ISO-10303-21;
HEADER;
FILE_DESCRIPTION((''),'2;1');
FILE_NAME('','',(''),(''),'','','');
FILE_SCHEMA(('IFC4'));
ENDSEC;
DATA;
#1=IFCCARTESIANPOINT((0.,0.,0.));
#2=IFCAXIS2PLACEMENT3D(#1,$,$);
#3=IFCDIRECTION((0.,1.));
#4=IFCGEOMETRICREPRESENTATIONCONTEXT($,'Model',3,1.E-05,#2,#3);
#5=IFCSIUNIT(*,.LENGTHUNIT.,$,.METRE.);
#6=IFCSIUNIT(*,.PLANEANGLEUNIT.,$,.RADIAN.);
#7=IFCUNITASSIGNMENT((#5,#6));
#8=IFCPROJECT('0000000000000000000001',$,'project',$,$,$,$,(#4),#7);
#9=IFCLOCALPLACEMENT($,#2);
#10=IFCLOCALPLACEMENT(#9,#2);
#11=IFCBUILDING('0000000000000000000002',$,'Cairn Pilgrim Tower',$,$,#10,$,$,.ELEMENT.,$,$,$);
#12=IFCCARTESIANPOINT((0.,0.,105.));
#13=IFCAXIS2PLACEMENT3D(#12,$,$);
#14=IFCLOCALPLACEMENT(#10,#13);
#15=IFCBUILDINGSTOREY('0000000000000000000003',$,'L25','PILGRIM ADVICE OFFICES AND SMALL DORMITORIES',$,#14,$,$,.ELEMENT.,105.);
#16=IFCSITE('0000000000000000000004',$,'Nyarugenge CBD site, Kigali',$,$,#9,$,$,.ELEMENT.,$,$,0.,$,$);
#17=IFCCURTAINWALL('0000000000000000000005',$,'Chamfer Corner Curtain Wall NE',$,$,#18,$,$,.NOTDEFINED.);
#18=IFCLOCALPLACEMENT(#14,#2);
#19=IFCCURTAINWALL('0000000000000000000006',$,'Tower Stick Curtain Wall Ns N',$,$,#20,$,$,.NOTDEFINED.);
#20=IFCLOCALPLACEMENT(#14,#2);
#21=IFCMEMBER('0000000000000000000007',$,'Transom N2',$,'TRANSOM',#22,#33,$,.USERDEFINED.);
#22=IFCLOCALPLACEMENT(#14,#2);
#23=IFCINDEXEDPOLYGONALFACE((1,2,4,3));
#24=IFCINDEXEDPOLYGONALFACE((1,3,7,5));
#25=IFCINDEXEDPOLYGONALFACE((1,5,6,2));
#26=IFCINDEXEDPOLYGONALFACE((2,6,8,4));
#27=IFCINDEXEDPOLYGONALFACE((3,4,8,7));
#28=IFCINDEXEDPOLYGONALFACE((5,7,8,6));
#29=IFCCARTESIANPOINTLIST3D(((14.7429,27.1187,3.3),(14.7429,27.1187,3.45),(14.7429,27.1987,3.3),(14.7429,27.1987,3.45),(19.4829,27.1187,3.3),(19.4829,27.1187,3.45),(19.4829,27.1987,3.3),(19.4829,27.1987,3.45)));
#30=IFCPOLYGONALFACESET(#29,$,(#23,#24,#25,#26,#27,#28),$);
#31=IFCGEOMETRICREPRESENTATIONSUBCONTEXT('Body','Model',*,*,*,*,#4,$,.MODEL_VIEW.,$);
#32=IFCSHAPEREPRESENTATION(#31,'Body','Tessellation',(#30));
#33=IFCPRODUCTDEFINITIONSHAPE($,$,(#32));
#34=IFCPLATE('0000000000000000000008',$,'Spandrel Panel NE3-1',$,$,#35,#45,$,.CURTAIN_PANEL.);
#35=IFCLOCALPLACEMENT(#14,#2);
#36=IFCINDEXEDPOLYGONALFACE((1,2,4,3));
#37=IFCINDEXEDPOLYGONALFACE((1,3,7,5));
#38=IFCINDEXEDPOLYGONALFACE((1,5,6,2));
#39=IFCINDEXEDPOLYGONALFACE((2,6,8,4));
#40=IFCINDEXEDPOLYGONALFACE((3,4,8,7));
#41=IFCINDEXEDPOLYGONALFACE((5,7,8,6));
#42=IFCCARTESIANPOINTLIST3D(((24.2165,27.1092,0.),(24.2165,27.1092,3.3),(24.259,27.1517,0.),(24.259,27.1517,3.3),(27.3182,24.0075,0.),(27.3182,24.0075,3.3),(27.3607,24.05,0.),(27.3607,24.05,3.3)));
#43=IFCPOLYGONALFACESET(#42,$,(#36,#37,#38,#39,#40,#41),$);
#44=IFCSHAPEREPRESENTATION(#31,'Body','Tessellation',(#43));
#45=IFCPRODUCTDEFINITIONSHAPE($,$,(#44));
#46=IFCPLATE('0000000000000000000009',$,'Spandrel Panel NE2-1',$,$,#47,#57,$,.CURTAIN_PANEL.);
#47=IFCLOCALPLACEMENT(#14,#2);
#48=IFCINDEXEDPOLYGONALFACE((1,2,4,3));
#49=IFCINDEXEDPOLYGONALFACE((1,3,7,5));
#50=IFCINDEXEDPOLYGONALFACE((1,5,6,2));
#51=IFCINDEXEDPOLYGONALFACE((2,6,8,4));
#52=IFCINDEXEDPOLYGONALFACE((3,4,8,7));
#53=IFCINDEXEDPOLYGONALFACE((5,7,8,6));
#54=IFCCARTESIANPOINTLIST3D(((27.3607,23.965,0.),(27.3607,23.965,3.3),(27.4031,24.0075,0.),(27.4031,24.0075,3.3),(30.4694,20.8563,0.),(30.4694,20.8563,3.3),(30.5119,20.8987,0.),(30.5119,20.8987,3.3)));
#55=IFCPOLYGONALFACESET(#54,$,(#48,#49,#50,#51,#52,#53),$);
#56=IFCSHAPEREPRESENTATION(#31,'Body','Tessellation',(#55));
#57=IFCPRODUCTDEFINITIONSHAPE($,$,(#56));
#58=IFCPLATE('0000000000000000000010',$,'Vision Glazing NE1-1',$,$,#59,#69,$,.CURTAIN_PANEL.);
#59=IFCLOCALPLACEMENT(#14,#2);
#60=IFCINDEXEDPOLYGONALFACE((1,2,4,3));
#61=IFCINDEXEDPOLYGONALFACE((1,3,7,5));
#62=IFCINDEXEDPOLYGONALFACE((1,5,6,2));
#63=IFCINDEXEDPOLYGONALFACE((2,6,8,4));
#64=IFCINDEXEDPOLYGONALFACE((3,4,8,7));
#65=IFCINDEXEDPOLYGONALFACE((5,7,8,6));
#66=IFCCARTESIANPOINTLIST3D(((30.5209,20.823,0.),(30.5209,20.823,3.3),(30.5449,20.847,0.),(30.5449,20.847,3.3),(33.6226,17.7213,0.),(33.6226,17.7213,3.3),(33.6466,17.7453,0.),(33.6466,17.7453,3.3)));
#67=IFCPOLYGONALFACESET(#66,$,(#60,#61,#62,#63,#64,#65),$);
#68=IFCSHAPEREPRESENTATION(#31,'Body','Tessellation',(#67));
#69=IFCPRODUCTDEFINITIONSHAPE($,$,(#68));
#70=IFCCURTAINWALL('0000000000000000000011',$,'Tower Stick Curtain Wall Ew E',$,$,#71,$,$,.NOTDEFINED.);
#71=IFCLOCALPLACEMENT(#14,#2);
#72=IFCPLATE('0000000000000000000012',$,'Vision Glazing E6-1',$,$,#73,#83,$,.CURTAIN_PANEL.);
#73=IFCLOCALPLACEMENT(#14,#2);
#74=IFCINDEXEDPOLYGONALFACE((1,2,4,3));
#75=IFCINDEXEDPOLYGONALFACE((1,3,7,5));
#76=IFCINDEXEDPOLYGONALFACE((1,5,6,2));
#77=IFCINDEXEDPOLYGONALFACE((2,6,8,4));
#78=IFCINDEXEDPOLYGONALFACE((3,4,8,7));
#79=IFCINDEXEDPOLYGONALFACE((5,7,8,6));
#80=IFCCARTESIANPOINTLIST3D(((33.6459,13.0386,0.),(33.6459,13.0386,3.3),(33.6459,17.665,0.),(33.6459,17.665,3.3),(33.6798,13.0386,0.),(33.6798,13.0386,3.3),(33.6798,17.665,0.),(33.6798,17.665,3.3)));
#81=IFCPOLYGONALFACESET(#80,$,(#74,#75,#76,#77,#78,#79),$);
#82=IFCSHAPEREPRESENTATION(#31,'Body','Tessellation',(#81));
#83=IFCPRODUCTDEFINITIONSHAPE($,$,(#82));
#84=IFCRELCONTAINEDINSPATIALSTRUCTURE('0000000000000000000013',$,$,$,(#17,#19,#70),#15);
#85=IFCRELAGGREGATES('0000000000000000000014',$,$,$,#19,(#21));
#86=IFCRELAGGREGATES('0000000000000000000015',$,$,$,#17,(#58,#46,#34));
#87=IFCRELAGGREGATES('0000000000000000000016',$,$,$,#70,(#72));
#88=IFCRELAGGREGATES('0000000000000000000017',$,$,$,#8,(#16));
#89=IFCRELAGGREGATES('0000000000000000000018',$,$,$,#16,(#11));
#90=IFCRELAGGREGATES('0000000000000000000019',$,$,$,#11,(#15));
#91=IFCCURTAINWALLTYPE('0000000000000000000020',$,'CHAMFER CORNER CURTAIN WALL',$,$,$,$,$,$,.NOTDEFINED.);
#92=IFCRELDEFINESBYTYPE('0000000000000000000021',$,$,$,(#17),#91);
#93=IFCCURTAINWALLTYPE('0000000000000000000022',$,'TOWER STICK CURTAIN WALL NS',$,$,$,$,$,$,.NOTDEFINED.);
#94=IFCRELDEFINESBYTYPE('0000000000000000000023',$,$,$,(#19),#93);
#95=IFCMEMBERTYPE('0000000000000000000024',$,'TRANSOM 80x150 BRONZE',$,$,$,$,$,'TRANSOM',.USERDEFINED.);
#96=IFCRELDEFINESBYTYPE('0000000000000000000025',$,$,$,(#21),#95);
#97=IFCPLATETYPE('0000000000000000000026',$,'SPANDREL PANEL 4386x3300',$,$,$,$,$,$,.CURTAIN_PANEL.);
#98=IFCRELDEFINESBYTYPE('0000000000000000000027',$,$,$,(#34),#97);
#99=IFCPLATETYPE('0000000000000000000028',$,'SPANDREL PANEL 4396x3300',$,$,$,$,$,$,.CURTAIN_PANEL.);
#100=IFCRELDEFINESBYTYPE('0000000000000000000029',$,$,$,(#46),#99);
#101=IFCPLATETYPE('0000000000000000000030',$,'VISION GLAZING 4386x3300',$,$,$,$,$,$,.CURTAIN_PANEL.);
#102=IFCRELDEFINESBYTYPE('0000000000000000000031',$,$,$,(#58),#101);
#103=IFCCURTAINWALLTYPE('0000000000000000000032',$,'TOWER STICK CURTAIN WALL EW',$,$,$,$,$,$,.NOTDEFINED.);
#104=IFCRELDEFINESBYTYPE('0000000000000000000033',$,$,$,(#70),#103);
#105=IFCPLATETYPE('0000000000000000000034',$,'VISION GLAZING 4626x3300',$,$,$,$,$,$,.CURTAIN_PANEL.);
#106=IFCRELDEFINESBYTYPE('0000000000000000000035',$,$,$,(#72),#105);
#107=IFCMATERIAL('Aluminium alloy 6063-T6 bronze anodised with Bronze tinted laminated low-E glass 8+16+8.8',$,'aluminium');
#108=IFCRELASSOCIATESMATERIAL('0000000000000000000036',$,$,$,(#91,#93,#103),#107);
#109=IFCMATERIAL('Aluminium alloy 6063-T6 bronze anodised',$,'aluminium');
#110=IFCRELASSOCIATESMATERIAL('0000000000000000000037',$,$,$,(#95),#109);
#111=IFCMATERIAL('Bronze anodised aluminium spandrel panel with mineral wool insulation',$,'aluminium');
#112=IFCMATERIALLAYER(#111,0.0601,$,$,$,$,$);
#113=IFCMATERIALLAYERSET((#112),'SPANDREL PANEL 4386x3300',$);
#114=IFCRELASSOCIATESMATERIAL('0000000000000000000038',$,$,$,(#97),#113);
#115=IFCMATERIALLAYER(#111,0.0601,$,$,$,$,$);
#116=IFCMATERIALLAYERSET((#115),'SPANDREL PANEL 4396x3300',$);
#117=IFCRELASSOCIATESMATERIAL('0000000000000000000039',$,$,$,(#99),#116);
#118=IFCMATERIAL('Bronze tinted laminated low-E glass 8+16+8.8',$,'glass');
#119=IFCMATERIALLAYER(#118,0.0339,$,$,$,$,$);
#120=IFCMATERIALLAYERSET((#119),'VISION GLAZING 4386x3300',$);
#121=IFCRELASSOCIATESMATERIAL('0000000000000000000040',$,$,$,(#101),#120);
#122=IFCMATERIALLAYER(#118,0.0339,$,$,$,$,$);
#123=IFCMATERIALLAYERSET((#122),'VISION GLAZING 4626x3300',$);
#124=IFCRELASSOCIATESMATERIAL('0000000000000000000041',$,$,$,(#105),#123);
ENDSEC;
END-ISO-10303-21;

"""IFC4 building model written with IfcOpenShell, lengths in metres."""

from ifc_helpers import new_model, si_unit, direction, frame, origin, origin_2d, place, context, subcontext, project, spatial, rectangle, extrude, material, layer, layer_set, material_profile, profile_set, type_object, element, aggregate, save


model = new_model("IFC4")

# Units and contexts
model_context = context("Model", 3, precision=1e-05, world=origin(), true_north=direction((0.0, 1.0)))
body_context = subcontext(model_context, "Body", "Model", "MODEL_VIEW")
ifc_project = project(units=[si_unit("LENGTHUNIT", "METRE"), si_unit("PLANEANGLEUNIT", "RADIAN")], contexts=[model_context])

# Site, building, storey
site_placement = place(None, origin())
site = spatial("IfcSite", under=ifc_project, at=site_placement, Name="Nyarugenge CBD site, Kigali", CompositionType="ELEMENT", RefElevation=0.0)
building_placement = place(site_placement, origin())
building = spatial("IfcBuilding", under=site, at=building_placement, Name="Cairn Pilgrim Tower", CompositionType="ELEMENT")
storey_placement = place(building_placement, frame((0.0, 0.0, 105.0)))
storey = spatial("IfcBuildingStorey", under=building, at=storey_placement, Name="L25", Description="PILGRIM ADVICE OFFICES AND SMALL DORMITORIES", CompositionType="ELEMENT", Elevation=105.0)

# Curtain walls
ifc_material_1 = material(Name="Aluminium alloy 6063-T6 bronze anodised with Bronze tinted laminated low-E glass 8+16+8.8", Category="aluminium")
curtain_wall_type_1 = type_object("IfcCurtainWallType", Name="CHAMFER CORNER CURTAIN WALL", PredefinedType="NOTDEFINED", material=ifc_material_1)
curtain_wall_1_placement = place(storey_placement, origin())
curtain_wall_1 = element("IfcCurtainWall", 1, at=curtain_wall_1_placement, inside=storey, type_object=curtain_wall_type_1, Name="Chamfer Corner Curtain Wall NE", PredefinedType="NOTDEFINED")
ifc_material_2 = material(Name="Aluminium alloy 6063-T6 bronze anodised", Category="aluminium")
curtain_wall_type_2 = type_object("IfcCurtainWallType", Name="TOWER STICK CURTAIN WALL NS", PredefinedType="NOTDEFINED", material=ifc_material_1)
curtain_wall_2_placement = place(storey_placement, origin())
curtain_wall_2 = element("IfcCurtainWall", 2, at=curtain_wall_2_placement, inside=storey, type_object=curtain_wall_type_2, Name="Tower Stick Curtain Wall Ns N", PredefinedType="NOTDEFINED")

# Member
ifc_material_profile_1 = material_profile(ifc_material_2, rectangle(XDim=0.0801, YDim=0.1499, at=origin_2d()), Name="TRANSOM 80x150 BRONZE")
ifc_profile_set_1 = profile_set([ifc_material_profile_1], Name="Aluminium alloy 6063-T6 bronze anodised")
member_type_1 = type_object("IfcMemberType", Name="TRANSOM 80x150 BRONZE", ElementType="TRANSOM", PredefinedType="USERDEFINED", material=ifc_profile_set_1)
member_1_placement = place(storey_placement, frame((19.4829, 27.1587, 3.375), z_axis=(-1.0, 0.0, 0.0), x_axis=(0.0, -1.0, 0.0)))
member_1 = element("IfcMember", 3, at=member_1_placement, type_object=member_type_1, Name="Transom N2", ObjectType="TRANSOM", PredefinedType="USERDEFINED", context=body_context, shape_type="SweptSolid", body=[
    extrude(rectangle(XDim=0.0801, YDim=0.1499, at=origin_2d()), origin(), (0.0, 0.0, 1.0), 4.74),
])
aggregate(curtain_wall_2, [member_1])

# Plates
ifc_material_3 = material(Name="Bronze anodised aluminium spandrel panel with mineral wool insulation", Category="aluminium")
ifc_layer_1 = layer(ifc_material_3, 0.0601)
ifc_layer_set_1 = layer_set([ifc_layer_1], Name="SPANDREL PANEL 4386x3300")
plate_type_1 = type_object("IfcPlateType", Name="SPANDREL PANEL 4386x3300", PredefinedType="CURTAIN_PANEL", material=ifc_layer_set_1)
plate_1_placement = place(storey_placement, frame((25.7886, 25.5796, 0.0), z_axis=(0.0, 0.0, 1.0), x_axis=(-0.707107, 0.707107, 0.0)))
plate_1 = element("IfcPlate", 4, at=plate_1_placement, type_object=plate_type_1, Name="Spandrel Panel NE3-1", PredefinedType="CURTAIN_PANEL", context=body_context, shape_type="SweptSolid", body=[
    extrude(rectangle(XDim=4.3865, YDim=0.0601, at=origin_2d()), origin(), (0.0, 0.0, 1.0), 3.3),
])
ifc_layer_2 = layer(ifc_material_3, 0.0601)
ifc_layer_set_2 = layer_set([ifc_layer_2], Name="SPANDREL PANEL 4396x3300")
plate_type_2 = type_object("IfcPlateType", Name="SPANDREL PANEL 4396x3300", PredefinedType="CURTAIN_PANEL", material=ifc_layer_set_2)
plate_2_placement = place(storey_placement, frame((28.9363, 22.4319, 0.0), z_axis=(0.0, 0.0, 1.0), x_axis=(-0.707107, 0.707107, 0.0)))
plate_2 = element("IfcPlate", 5, at=plate_2_placement, type_object=plate_type_2, Name="Spandrel Panel NE2-1", PredefinedType="CURTAIN_PANEL", context=body_context, shape_type="SweptSolid", body=[
    extrude(rectangle(XDim=4.3965, YDim=0.0601, at=origin_2d()), origin(), (0.0, 0.0, 1.0), 3.3),
])
ifc_material_4 = material(Name="Bronze tinted laminated low-E glass 8+16+8.8", Category="glass")
ifc_layer_3 = layer(ifc_material_4, 0.0339)
ifc_layer_set_3 = layer_set([ifc_layer_3], Name="VISION GLAZING 4386x3300")
plate_type_3 = type_object("IfcPlateType", Name="VISION GLAZING 4386x3300", PredefinedType="CURTAIN_PANEL", material=ifc_layer_set_3)
plate_3_placement = place(storey_placement, frame((32.0837, 19.2842, 0.0), z_axis=(0.0, 0.0, 1.0), x_axis=(-0.707107, 0.707107, 0.0)))
plate_3 = element("IfcPlate", 6, at=plate_3_placement, type_object=plate_type_3, Name="Vision Glazing NE1-1", PredefinedType="CURTAIN_PANEL", context=body_context, shape_type="SweptSolid", body=[
    extrude(rectangle(XDim=4.3865, YDim=0.0339, at=origin_2d()), origin(), (0.0, 0.0, 1.0), 3.3),
])
aggregate(curtain_wall_1, [plate_3, plate_2, plate_1])

# Curtain wall, plate
curtain_wall_type_3 = type_object("IfcCurtainWallType", Name="TOWER STICK CURTAIN WALL EW", PredefinedType="NOTDEFINED", material=ifc_material_1)
curtain_wall_3_placement = place(storey_placement, origin())
curtain_wall_3 = element("IfcCurtainWall", 7, at=curtain_wall_3_placement, inside=storey, type_object=curtain_wall_type_3, Name="Tower Stick Curtain Wall Ew E", PredefinedType="NOTDEFINED")
ifc_layer_4 = layer(ifc_material_4, 0.0339)
ifc_layer_set_4 = layer_set([ifc_layer_4], Name="VISION GLAZING 4626x3300")
plate_type_4 = type_object("IfcPlateType", Name="VISION GLAZING 4626x3300", PredefinedType="CURTAIN_PANEL", material=ifc_layer_set_4)
plate_4_placement = place(storey_placement, frame((33.6628, 15.3518, 0.0), z_axis=(0.0, 0.0, 1.0), x_axis=(0.0, 1.0, 0.0)))
plate_4 = element("IfcPlate", 8, at=plate_4_placement, type_object=plate_type_4, Name="Vision Glazing E6-1", PredefinedType="CURTAIN_PANEL", context=body_context, shape_type="SweptSolid", body=[
    extrude(rectangle(XDim=4.6265, YDim=0.0339, at=origin_2d()), origin(), (0.0, 0.0, 1.0), 3.3),
])
aggregate(curtain_wall_3, [plate_4])

save(model, "model.ifc")
